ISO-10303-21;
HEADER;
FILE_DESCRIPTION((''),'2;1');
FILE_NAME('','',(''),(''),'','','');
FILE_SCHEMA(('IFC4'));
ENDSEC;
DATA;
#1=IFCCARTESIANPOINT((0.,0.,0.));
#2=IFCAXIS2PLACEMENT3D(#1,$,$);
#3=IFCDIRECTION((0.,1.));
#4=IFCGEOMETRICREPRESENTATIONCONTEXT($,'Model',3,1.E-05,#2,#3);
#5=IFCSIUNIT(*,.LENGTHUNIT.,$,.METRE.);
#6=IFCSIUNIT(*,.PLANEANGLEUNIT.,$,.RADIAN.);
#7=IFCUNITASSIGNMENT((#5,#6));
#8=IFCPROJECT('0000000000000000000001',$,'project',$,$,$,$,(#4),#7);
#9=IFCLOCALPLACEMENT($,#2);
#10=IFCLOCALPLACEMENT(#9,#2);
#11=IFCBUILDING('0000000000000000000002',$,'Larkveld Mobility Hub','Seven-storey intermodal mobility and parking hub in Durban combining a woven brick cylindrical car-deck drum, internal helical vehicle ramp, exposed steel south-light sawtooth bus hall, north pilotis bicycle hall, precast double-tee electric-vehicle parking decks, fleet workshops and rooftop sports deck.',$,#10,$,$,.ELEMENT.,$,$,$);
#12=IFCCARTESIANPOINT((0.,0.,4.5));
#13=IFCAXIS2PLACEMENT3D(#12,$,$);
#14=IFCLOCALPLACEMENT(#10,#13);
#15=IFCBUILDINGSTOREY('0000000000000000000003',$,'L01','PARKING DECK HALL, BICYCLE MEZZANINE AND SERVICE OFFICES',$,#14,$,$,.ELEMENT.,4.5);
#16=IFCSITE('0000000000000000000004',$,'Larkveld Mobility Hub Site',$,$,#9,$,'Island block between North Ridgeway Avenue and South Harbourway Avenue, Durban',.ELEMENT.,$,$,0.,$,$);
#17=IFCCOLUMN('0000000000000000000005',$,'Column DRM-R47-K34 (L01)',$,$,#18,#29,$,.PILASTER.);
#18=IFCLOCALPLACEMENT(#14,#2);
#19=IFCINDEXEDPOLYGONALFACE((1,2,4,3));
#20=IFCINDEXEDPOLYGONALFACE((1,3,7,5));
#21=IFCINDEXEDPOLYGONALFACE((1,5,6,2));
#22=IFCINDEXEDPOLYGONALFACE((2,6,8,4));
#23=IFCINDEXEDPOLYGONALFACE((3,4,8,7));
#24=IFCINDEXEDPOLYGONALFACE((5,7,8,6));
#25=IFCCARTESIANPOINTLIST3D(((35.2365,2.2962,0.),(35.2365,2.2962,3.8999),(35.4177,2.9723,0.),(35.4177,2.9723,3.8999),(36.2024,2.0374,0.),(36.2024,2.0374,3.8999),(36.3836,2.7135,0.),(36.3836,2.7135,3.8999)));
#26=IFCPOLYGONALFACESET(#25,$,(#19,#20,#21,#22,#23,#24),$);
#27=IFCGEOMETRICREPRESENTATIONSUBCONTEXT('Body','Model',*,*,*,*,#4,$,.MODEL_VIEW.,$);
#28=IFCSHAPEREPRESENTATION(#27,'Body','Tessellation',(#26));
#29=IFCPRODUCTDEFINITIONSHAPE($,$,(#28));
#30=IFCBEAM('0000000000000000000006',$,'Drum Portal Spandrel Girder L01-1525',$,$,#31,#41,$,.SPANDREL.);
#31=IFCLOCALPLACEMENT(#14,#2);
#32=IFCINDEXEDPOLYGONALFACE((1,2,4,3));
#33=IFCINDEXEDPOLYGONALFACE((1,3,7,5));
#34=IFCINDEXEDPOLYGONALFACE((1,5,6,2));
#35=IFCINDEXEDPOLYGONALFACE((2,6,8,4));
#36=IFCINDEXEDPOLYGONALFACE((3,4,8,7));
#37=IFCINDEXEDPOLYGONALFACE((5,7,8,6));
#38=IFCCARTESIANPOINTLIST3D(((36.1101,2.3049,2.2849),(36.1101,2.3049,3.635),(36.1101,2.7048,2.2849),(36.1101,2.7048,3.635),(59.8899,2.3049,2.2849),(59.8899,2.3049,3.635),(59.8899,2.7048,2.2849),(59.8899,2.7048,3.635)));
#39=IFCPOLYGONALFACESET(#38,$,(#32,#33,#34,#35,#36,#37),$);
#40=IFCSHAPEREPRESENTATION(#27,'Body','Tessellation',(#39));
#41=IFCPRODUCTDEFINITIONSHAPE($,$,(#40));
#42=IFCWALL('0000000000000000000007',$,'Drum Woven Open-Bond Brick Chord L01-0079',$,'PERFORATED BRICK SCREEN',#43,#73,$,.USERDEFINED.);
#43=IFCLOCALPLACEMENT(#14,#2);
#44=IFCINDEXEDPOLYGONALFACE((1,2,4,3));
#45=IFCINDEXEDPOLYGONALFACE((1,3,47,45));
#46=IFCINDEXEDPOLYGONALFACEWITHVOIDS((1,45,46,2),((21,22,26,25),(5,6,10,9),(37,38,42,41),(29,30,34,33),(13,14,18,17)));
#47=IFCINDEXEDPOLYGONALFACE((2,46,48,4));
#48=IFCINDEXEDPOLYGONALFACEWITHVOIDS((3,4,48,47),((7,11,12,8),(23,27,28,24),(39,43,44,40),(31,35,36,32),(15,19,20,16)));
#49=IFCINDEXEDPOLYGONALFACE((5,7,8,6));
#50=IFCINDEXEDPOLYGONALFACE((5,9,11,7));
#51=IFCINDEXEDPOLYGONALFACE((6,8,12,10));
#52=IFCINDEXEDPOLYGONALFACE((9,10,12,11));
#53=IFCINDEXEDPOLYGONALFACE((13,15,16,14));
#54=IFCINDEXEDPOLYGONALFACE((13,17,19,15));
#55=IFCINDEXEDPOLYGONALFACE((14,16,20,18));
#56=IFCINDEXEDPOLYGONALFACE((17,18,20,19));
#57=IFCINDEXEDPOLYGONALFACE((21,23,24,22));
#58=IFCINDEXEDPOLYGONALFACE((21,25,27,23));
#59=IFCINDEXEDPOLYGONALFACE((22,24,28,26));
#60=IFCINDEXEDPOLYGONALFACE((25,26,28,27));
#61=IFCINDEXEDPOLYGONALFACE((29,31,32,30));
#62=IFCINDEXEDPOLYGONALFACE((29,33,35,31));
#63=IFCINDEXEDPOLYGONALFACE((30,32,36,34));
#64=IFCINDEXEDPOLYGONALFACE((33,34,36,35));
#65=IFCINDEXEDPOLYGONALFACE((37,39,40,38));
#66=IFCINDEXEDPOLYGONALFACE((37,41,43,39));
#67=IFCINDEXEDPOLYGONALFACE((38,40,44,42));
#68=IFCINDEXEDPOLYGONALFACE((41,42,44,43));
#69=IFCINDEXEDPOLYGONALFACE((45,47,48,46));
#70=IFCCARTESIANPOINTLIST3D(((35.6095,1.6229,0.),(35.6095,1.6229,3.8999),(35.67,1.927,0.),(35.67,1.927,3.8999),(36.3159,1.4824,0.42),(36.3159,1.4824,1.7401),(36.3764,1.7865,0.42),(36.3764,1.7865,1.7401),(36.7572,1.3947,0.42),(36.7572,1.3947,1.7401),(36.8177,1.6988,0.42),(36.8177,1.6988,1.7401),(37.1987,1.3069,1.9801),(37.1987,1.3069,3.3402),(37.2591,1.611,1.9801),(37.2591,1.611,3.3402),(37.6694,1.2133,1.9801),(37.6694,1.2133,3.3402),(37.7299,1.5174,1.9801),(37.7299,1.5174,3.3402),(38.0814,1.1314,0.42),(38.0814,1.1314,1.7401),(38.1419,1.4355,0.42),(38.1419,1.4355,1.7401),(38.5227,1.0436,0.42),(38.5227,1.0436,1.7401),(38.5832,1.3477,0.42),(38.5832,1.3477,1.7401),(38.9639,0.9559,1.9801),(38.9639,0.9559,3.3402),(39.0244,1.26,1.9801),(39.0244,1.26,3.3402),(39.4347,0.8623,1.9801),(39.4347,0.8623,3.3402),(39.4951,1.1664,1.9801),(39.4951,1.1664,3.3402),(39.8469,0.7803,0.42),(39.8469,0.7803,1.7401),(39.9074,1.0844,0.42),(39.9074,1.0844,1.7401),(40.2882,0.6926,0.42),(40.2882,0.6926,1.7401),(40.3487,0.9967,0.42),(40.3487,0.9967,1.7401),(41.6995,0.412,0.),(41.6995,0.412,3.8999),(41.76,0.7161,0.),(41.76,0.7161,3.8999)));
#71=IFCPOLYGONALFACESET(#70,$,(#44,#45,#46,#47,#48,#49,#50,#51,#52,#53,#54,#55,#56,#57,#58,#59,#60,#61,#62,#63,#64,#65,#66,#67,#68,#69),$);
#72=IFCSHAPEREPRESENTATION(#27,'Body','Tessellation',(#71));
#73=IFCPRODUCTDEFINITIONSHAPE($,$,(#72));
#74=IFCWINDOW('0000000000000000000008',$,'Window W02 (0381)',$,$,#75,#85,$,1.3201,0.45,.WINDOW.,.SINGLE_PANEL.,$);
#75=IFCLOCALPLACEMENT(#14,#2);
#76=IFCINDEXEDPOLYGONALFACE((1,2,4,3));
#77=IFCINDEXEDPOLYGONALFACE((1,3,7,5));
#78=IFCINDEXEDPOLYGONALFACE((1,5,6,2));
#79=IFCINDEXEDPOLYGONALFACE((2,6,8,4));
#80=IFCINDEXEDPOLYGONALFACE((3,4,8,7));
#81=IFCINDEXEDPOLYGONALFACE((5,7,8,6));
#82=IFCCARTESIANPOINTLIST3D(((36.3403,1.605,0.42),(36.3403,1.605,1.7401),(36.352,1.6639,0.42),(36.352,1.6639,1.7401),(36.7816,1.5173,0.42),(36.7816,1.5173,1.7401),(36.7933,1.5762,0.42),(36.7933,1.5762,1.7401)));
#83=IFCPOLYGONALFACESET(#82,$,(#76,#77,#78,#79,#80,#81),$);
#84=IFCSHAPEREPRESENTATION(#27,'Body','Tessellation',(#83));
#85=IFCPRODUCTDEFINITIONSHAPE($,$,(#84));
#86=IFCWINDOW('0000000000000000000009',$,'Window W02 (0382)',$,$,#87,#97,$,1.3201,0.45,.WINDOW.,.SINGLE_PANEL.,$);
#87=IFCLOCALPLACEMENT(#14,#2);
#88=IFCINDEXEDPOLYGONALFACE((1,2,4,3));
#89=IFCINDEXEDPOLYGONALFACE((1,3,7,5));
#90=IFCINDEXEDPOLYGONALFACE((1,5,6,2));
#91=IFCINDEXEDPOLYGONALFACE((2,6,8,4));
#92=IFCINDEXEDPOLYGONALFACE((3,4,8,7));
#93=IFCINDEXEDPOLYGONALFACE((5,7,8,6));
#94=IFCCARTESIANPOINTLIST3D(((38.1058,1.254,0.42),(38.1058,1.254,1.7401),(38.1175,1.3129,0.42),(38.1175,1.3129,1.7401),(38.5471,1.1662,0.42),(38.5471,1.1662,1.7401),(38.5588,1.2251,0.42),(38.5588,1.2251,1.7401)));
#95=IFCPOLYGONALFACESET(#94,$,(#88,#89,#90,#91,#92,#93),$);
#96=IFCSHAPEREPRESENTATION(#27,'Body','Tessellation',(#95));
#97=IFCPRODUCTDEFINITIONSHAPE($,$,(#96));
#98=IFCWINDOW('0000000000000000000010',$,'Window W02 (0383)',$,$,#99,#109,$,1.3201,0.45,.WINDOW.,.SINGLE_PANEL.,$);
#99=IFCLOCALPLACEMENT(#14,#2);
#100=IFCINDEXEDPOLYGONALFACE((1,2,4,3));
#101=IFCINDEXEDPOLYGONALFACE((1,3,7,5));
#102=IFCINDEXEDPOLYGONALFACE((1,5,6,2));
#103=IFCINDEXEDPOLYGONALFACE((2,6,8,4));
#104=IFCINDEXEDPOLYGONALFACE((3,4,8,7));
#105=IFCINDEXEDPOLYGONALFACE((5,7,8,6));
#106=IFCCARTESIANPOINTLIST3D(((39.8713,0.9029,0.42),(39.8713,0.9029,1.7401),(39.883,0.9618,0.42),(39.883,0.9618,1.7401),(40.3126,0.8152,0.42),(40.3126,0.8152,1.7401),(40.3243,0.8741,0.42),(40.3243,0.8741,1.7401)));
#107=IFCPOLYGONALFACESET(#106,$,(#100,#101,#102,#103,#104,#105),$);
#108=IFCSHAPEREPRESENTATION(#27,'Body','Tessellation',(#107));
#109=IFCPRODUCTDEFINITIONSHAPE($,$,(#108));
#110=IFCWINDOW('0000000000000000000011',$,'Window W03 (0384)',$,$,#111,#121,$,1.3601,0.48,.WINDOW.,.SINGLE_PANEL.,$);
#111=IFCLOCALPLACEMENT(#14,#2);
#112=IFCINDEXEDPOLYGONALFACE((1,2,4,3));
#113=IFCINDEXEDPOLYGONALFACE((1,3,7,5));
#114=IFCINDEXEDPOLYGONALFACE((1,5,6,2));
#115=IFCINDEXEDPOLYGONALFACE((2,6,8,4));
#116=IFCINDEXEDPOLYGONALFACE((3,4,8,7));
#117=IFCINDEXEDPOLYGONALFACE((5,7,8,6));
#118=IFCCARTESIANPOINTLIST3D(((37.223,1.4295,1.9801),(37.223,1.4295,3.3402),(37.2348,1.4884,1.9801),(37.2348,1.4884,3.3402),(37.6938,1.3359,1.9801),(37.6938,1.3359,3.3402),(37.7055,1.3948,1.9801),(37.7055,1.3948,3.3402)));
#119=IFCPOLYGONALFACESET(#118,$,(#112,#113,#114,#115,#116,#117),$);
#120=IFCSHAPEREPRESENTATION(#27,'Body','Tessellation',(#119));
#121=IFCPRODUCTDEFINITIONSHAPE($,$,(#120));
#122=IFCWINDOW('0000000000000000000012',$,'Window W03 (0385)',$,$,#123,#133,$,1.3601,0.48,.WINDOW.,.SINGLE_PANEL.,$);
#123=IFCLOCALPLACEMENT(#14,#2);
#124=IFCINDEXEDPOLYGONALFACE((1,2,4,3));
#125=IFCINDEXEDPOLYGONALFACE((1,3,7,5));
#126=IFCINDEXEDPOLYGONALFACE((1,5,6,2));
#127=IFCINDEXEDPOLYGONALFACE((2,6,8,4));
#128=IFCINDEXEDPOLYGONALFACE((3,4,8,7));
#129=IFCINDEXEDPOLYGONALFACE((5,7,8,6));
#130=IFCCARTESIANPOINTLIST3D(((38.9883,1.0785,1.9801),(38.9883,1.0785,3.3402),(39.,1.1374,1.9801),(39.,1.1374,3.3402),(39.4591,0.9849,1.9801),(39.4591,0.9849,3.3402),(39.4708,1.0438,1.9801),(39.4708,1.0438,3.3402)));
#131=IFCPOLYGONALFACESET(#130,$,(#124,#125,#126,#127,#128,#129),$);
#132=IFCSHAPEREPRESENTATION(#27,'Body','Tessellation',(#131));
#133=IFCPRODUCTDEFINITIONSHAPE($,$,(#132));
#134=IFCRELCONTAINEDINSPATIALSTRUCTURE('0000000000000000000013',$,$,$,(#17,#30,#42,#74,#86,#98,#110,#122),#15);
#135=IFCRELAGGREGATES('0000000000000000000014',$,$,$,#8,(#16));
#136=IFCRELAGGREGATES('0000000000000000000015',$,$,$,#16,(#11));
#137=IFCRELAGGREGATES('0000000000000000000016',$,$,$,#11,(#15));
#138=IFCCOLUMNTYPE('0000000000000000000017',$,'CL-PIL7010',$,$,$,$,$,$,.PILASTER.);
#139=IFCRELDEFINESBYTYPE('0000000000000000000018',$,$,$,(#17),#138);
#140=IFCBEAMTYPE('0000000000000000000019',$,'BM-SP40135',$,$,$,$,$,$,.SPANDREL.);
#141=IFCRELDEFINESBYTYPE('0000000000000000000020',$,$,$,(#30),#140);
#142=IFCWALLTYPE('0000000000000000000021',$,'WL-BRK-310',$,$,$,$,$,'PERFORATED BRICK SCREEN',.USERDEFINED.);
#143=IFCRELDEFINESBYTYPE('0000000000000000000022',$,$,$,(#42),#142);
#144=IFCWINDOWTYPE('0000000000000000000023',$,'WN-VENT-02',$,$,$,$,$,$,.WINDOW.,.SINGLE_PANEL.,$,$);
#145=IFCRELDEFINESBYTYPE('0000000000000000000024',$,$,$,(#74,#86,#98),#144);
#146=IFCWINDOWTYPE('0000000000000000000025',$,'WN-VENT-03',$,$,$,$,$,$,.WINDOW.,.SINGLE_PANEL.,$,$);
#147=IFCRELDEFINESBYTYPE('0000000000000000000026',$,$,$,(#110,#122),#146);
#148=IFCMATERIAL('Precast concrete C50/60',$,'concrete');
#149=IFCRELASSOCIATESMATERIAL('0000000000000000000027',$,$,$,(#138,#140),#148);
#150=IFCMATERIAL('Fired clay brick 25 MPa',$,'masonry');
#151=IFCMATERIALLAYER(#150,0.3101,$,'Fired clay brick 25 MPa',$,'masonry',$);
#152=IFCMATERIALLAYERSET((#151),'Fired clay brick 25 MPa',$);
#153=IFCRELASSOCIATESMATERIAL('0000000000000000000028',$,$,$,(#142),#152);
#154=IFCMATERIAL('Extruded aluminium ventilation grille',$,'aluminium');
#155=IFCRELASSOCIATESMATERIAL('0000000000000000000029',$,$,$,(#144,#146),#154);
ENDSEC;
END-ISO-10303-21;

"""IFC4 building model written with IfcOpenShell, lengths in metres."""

from ifc_helpers import new_model, si_unit, direction, frame, frame_2d, origin, origin_2d, place, context, subcontext, project, spatial, rectangle, extrude, material, layer, layer_set, material_profile, profile_set, type_object, element, fill, save


model = new_model("IFC4")

# Units and contexts
model_context = context("Model", 3, precision=1e-05, world=origin(), true_north=direction((0.0, 1.0)))
body_context = subcontext(model_context, "Body", "Model", "MODEL_VIEW")
ifc_project = project(units=[si_unit("LENGTHUNIT", "METRE"), si_unit("PLANEANGLEUNIT", "RADIAN")], contexts=[model_context])

# Site, building, storey
site_placement = place(None, origin())
site = spatial("IfcSite", under=ifc_project, at=site_placement, Name="Larkveld Mobility Hub Site", LongName="Island block between North Ridgeway Avenue and South Harbourway Avenue, Durban", CompositionType="ELEMENT", RefElevation=0.0)
building_placement = place(site_placement, origin())
building = spatial("IfcBuilding", under=site, at=building_placement, Name="Larkveld Mobility Hub", Description="Seven-storey intermodal mobility and parking hub in Durban combining a woven brick cylindrical car-deck drum, internal helical vehicle ramp, exposed steel south-light sawtooth bus hall, north pilotis bicycle hall, precast double-tee electric-vehicle parking decks, fleet workshops and rooftop sports deck.", CompositionType="ELEMENT")
storey_placement = place(building_placement, frame((0.0, 0.0, 4.5)))
storey = spatial("IfcBuildingStorey", under=building, at=storey_placement, Name="L01", Description="PARKING DECK HALL, BICYCLE MEZZANINE AND SERVICE OFFICES", CompositionType="ELEMENT", Elevation=4.5)

# Column
ifc_material_1 = material(Name="Precast concrete C50/60", Category="concrete")
ifc_material_profile_1 = material_profile(ifc_material_1, rectangle(XDim=0.7, YDim=1.0, at=origin_2d()), Name="PC PIL 700x1000")
ifc_profile_set_1 = profile_set([ifc_material_profile_1], Name="Precast concrete C50/60")
column_type = type_object("IfcColumnType", Name="CL-PIL7010", PredefinedType="PILASTER", material=ifc_profile_set_1)
column_placement = place(storey_placement, frame((35.8101, 2.5049, 0.0), z_axis=(0.0, 0.0, 1.0), x_axis=(0.258819, 0.965926, 0.0)))
element("IfcColumn", 1, at=column_placement, inside=storey, type_object=column_type, Name="Column DRM-R47-K34 (L01)", PredefinedType="PILASTER", context=body_context, shape_type="SweptSolid", body=[
    extrude(rectangle(XDim=0.7, YDim=1.0, at=origin_2d()), origin(), (0.0, 0.0, 1.0), 3.8999),
])

# Beam
ifc_material_profile_2 = material_profile(ifc_material_1, rectangle(XDim=0.3999, YDim=1.3501, at=origin_2d()), Name="PC SP 400x1350")
ifc_profile_set_2 = profile_set([ifc_material_profile_2], Name="Precast concrete C50/60")
beam_type = type_object("IfcBeamType", Name="BM-SP40135", PredefinedType="SPANDREL", material=ifc_profile_set_2)
beam_placement = place(storey_placement, frame((36.1101, 2.5049, 2.96), z_axis=(1.0, 0.0, 0.0), x_axis=(0.0, 1.0, 0.0)))
element("IfcBeam", 2, at=beam_placement, inside=storey, type_object=beam_type, Name="Drum Portal Spandrel Girder L01-1525", PredefinedType="SPANDREL", context=body_context, shape_type="SweptSolid", body=[
    extrude(rectangle(XDim=0.3999, YDim=1.3501, at=origin_2d()), origin(), (0.0, 0.0, 1.0), 23.7798),
])

# Wall, openings, windows
ifc_material_2 = material(Name="Fired clay brick 25 MPa", Category="masonry")
ifc_layer_1 = layer(ifc_material_2, 0.3101, Name="Fired clay brick 25 MPa", Category="masonry")
ifc_layer_set_1 = layer_set([ifc_layer_1], Name="Fired clay brick 25 MPa")
wall_type_1 = type_object("IfcWallType", Name="WL-BRK-310", ElementType="PERFORATED BRICK SCREEN", PredefinedType="USERDEFINED", material=ifc_layer_set_1)
wall_1_placement = place(storey_placement, frame((35.6399, 1.7749, 0.0), z_axis=(0.0, 0.0, 1.0), x_axis=(0.980799, -0.19502, 0.0)))
wall_1 = element("IfcWall", 3, at=wall_1_placement, inside=storey, type_object=wall_type_1, Name="Drum Woven Open-Bond Brick Chord L01-0079", ObjectType="PERFORATED BRICK SCREEN", PredefinedType="USERDEFINED", context=body_context, shape_type="SweptSolid", body=[
    extrude(rectangle(XDim=6.2092, YDim=0.3101, at=frame_2d((3.1045, 0.0))), origin(), (0.0, 0.0, 1.0), 3.8999),
])
opening_1_placement = place(wall_1_placement, frame((0.72, 0.0, 0.4199)))
opening_1 = element("IfcOpeningElement", 4, at=opening_1_placement, cuts=wall_1, PredefinedType="OPENING", context=body_context, shape_type="SweptSolid", body=[
    extrude(rectangle(XDim=0.45, YDim=1.3201, at=frame_2d((0.2251, 0.6602))), frame((0.0, 0.165, 0.0), z_axis=(0.0, -1.0, 0.0), x_axis=(1.0, 0.0, 0.0)), (0.0, 0.0, 1.0), 0.3301),
])
opening_2_placement = place(wall_1_placement, frame((2.52, 0.0, 0.4199)))
opening_2 = element("IfcOpeningElement", 5, at=opening_2_placement, cuts=wall_1, PredefinedType="OPENING", context=body_context, shape_type="SweptSolid", body=[
    extrude(rectangle(XDim=0.45, YDim=1.3201, at=frame_2d((0.2251, 0.6602))), frame((0.0, 0.165, 0.0), z_axis=(0.0, -1.0, 0.0), x_axis=(1.0, 0.0, 0.0)), (0.0, 0.0, 1.0), 0.3301),
])
opening_3_placement = place(wall_1_placement, frame((4.3201, 0.0, 0.4199)))
opening_3 = element("IfcOpeningElement", 6, at=opening_3_placement, cuts=wall_1, PredefinedType="OPENING", context=body_context, shape_type="SweptSolid", body=[
    extrude(rectangle(XDim=0.45, YDim=1.3201, at=frame_2d((0.2251, 0.6602))), frame((0.0, 0.165, 0.0), z_axis=(0.0, -1.0, 0.0), x_axis=(1.0, 0.0, 0.0)), (0.0, 0.0, 1.0), 0.3301),
])
opening_4_placement = place(wall_1_placement, frame((1.6201, 0.0, 1.98)))
opening_4 = element("IfcOpeningElement", 7, at=opening_4_placement, cuts=wall_1, PredefinedType="OPENING", context=body_context, shape_type="SweptSolid", body=[
    extrude(rectangle(XDim=0.48, YDim=1.3601, at=frame_2d((0.24, 0.6802))), frame((0.0, 0.165, 0.0), z_axis=(0.0, -1.0, 0.0), x_axis=(1.0, 0.0, 0.0)), (0.0, 0.0, 1.0), 0.3301),
])
opening_5_placement = place(wall_1_placement, frame((3.4199, 0.0, 1.98)))
opening_5 = element("IfcOpeningElement", 8, at=opening_5_placement, cuts=wall_1, PredefinedType="OPENING", context=body_context, shape_type="SweptSolid", body=[
    extrude(rectangle(XDim=0.48, YDim=1.3601, at=frame_2d((0.24, 0.6802))), frame((0.0, 0.165, 0.0), z_axis=(0.0, -1.0, 0.0), x_axis=(1.0, 0.0, 0.0)), (0.0, 0.0, 1.0), 0.3301),
])
ifc_material_3 = material(Name="Extruded aluminium ventilation grille", Category="aluminium")
window_type_1 = type_object("IfcWindowType", Name="WN-VENT-02", PartitioningType="SINGLE_PANEL", PredefinedType="WINDOW", material=ifc_material_3)
window_1_placement = place(opening_1_placement, origin())
window_1 = element("IfcWindow", 9, at=window_1_placement, inside=storey, type_object=window_type_1, Name="Window W02 (0381)", OverallHeight=1.3201, OverallWidth=0.45, PartitioningType="SINGLE_PANEL", PredefinedType="WINDOW", context=body_context, shape_type="SweptSolid", body=[
    extrude(rectangle(XDim=0.45, YDim=1.3201, at=frame_2d((0.2251, 0.6602))), frame((0.0, 0.03, 0.0), z_axis=(0.0, -1.0, 0.0), x_axis=(1.0, 0.0, 0.0)), (0.0, 0.0, 1.0), 0.0601),
])
fill(opening_1, window_1)
window_2_placement = place(opening_2_placement, origin())
window_2 = element("IfcWindow", 10, at=window_2_placement, inside=storey, type_object=window_type_1, Name="Window W02 (0382)", OverallHeight=1.3201, OverallWidth=0.45, PartitioningType="SINGLE_PANEL", PredefinedType="WINDOW", context=body_context, shape_type="SweptSolid", body=[
    extrude(rectangle(XDim=0.45, YDim=1.3201, at=frame_2d((0.2251, 0.6602))), frame((0.0, 0.03, 0.0), z_axis=(0.0, -1.0, 0.0), x_axis=(1.0, 0.0, 0.0)), (0.0, 0.0, 1.0), 0.0601),
])
fill(opening_2, window_2)
window_3_placement = place(opening_3_placement, origin())
window_3 = element("IfcWindow", 11, at=window_3_placement, inside=storey, type_object=window_type_1, Name="Window W02 (0383)", OverallHeight=1.3201, OverallWidth=0.45, PartitioningType="SINGLE_PANEL", PredefinedType="WINDOW", context=body_context, shape_type="SweptSolid", body=[
    extrude(rectangle(XDim=0.45, YDim=1.3201, at=frame_2d((0.2251, 0.6602))), frame((0.0, 0.03, 0.0), z_axis=(0.0, -1.0, 0.0), x_axis=(1.0, 0.0, 0.0)), (0.0, 0.0, 1.0), 0.0601),
])
fill(opening_3, window_3)
window_type_2 = type_object("IfcWindowType", Name="WN-VENT-03", PartitioningType="SINGLE_PANEL", PredefinedType="WINDOW", material=ifc_material_3)
window_4_placement = place(opening_4_placement, origin())
window_4 = element("IfcWindow", 12, at=window_4_placement, inside=storey, type_object=window_type_2, Name="Window W03 (0384)", OverallHeight=1.3601, OverallWidth=0.48, PartitioningType="SINGLE_PANEL", PredefinedType="WINDOW", context=body_context, shape_type="SweptSolid", body=[
    extrude(rectangle(XDim=0.48, YDim=1.3601, at=frame_2d((0.24, 0.6802))), frame((0.0, 0.03, 0.0), z_axis=(0.0, -1.0, 0.0), x_axis=(1.0, 0.0, 0.0)), (0.0, 0.0, 1.0), 0.0601),
])
fill(opening_4, window_4)
window_5_placement = place(opening_5_placement, origin())
window_5 = element("IfcWindow", 13, at=window_5_placement, inside=storey, type_object=window_type_2, Name="Window W03 (0385)", OverallHeight=1.3601, OverallWidth=0.48, PartitioningType="SINGLE_PANEL", PredefinedType="WINDOW", context=body_context, shape_type="SweptSolid", body=[
    extrude(rectangle(XDim=0.48, YDim=1.3601, at=frame_2d((0.24, 0.6802))), frame((0.0, 0.03, 0.0), z_axis=(0.0, -1.0, 0.0), x_axis=(1.0, 0.0, 0.0)), (0.0, 0.0, 1.0), 0.0601),
])
fill(opening_5, window_5)

save(model, "model.ifc")
